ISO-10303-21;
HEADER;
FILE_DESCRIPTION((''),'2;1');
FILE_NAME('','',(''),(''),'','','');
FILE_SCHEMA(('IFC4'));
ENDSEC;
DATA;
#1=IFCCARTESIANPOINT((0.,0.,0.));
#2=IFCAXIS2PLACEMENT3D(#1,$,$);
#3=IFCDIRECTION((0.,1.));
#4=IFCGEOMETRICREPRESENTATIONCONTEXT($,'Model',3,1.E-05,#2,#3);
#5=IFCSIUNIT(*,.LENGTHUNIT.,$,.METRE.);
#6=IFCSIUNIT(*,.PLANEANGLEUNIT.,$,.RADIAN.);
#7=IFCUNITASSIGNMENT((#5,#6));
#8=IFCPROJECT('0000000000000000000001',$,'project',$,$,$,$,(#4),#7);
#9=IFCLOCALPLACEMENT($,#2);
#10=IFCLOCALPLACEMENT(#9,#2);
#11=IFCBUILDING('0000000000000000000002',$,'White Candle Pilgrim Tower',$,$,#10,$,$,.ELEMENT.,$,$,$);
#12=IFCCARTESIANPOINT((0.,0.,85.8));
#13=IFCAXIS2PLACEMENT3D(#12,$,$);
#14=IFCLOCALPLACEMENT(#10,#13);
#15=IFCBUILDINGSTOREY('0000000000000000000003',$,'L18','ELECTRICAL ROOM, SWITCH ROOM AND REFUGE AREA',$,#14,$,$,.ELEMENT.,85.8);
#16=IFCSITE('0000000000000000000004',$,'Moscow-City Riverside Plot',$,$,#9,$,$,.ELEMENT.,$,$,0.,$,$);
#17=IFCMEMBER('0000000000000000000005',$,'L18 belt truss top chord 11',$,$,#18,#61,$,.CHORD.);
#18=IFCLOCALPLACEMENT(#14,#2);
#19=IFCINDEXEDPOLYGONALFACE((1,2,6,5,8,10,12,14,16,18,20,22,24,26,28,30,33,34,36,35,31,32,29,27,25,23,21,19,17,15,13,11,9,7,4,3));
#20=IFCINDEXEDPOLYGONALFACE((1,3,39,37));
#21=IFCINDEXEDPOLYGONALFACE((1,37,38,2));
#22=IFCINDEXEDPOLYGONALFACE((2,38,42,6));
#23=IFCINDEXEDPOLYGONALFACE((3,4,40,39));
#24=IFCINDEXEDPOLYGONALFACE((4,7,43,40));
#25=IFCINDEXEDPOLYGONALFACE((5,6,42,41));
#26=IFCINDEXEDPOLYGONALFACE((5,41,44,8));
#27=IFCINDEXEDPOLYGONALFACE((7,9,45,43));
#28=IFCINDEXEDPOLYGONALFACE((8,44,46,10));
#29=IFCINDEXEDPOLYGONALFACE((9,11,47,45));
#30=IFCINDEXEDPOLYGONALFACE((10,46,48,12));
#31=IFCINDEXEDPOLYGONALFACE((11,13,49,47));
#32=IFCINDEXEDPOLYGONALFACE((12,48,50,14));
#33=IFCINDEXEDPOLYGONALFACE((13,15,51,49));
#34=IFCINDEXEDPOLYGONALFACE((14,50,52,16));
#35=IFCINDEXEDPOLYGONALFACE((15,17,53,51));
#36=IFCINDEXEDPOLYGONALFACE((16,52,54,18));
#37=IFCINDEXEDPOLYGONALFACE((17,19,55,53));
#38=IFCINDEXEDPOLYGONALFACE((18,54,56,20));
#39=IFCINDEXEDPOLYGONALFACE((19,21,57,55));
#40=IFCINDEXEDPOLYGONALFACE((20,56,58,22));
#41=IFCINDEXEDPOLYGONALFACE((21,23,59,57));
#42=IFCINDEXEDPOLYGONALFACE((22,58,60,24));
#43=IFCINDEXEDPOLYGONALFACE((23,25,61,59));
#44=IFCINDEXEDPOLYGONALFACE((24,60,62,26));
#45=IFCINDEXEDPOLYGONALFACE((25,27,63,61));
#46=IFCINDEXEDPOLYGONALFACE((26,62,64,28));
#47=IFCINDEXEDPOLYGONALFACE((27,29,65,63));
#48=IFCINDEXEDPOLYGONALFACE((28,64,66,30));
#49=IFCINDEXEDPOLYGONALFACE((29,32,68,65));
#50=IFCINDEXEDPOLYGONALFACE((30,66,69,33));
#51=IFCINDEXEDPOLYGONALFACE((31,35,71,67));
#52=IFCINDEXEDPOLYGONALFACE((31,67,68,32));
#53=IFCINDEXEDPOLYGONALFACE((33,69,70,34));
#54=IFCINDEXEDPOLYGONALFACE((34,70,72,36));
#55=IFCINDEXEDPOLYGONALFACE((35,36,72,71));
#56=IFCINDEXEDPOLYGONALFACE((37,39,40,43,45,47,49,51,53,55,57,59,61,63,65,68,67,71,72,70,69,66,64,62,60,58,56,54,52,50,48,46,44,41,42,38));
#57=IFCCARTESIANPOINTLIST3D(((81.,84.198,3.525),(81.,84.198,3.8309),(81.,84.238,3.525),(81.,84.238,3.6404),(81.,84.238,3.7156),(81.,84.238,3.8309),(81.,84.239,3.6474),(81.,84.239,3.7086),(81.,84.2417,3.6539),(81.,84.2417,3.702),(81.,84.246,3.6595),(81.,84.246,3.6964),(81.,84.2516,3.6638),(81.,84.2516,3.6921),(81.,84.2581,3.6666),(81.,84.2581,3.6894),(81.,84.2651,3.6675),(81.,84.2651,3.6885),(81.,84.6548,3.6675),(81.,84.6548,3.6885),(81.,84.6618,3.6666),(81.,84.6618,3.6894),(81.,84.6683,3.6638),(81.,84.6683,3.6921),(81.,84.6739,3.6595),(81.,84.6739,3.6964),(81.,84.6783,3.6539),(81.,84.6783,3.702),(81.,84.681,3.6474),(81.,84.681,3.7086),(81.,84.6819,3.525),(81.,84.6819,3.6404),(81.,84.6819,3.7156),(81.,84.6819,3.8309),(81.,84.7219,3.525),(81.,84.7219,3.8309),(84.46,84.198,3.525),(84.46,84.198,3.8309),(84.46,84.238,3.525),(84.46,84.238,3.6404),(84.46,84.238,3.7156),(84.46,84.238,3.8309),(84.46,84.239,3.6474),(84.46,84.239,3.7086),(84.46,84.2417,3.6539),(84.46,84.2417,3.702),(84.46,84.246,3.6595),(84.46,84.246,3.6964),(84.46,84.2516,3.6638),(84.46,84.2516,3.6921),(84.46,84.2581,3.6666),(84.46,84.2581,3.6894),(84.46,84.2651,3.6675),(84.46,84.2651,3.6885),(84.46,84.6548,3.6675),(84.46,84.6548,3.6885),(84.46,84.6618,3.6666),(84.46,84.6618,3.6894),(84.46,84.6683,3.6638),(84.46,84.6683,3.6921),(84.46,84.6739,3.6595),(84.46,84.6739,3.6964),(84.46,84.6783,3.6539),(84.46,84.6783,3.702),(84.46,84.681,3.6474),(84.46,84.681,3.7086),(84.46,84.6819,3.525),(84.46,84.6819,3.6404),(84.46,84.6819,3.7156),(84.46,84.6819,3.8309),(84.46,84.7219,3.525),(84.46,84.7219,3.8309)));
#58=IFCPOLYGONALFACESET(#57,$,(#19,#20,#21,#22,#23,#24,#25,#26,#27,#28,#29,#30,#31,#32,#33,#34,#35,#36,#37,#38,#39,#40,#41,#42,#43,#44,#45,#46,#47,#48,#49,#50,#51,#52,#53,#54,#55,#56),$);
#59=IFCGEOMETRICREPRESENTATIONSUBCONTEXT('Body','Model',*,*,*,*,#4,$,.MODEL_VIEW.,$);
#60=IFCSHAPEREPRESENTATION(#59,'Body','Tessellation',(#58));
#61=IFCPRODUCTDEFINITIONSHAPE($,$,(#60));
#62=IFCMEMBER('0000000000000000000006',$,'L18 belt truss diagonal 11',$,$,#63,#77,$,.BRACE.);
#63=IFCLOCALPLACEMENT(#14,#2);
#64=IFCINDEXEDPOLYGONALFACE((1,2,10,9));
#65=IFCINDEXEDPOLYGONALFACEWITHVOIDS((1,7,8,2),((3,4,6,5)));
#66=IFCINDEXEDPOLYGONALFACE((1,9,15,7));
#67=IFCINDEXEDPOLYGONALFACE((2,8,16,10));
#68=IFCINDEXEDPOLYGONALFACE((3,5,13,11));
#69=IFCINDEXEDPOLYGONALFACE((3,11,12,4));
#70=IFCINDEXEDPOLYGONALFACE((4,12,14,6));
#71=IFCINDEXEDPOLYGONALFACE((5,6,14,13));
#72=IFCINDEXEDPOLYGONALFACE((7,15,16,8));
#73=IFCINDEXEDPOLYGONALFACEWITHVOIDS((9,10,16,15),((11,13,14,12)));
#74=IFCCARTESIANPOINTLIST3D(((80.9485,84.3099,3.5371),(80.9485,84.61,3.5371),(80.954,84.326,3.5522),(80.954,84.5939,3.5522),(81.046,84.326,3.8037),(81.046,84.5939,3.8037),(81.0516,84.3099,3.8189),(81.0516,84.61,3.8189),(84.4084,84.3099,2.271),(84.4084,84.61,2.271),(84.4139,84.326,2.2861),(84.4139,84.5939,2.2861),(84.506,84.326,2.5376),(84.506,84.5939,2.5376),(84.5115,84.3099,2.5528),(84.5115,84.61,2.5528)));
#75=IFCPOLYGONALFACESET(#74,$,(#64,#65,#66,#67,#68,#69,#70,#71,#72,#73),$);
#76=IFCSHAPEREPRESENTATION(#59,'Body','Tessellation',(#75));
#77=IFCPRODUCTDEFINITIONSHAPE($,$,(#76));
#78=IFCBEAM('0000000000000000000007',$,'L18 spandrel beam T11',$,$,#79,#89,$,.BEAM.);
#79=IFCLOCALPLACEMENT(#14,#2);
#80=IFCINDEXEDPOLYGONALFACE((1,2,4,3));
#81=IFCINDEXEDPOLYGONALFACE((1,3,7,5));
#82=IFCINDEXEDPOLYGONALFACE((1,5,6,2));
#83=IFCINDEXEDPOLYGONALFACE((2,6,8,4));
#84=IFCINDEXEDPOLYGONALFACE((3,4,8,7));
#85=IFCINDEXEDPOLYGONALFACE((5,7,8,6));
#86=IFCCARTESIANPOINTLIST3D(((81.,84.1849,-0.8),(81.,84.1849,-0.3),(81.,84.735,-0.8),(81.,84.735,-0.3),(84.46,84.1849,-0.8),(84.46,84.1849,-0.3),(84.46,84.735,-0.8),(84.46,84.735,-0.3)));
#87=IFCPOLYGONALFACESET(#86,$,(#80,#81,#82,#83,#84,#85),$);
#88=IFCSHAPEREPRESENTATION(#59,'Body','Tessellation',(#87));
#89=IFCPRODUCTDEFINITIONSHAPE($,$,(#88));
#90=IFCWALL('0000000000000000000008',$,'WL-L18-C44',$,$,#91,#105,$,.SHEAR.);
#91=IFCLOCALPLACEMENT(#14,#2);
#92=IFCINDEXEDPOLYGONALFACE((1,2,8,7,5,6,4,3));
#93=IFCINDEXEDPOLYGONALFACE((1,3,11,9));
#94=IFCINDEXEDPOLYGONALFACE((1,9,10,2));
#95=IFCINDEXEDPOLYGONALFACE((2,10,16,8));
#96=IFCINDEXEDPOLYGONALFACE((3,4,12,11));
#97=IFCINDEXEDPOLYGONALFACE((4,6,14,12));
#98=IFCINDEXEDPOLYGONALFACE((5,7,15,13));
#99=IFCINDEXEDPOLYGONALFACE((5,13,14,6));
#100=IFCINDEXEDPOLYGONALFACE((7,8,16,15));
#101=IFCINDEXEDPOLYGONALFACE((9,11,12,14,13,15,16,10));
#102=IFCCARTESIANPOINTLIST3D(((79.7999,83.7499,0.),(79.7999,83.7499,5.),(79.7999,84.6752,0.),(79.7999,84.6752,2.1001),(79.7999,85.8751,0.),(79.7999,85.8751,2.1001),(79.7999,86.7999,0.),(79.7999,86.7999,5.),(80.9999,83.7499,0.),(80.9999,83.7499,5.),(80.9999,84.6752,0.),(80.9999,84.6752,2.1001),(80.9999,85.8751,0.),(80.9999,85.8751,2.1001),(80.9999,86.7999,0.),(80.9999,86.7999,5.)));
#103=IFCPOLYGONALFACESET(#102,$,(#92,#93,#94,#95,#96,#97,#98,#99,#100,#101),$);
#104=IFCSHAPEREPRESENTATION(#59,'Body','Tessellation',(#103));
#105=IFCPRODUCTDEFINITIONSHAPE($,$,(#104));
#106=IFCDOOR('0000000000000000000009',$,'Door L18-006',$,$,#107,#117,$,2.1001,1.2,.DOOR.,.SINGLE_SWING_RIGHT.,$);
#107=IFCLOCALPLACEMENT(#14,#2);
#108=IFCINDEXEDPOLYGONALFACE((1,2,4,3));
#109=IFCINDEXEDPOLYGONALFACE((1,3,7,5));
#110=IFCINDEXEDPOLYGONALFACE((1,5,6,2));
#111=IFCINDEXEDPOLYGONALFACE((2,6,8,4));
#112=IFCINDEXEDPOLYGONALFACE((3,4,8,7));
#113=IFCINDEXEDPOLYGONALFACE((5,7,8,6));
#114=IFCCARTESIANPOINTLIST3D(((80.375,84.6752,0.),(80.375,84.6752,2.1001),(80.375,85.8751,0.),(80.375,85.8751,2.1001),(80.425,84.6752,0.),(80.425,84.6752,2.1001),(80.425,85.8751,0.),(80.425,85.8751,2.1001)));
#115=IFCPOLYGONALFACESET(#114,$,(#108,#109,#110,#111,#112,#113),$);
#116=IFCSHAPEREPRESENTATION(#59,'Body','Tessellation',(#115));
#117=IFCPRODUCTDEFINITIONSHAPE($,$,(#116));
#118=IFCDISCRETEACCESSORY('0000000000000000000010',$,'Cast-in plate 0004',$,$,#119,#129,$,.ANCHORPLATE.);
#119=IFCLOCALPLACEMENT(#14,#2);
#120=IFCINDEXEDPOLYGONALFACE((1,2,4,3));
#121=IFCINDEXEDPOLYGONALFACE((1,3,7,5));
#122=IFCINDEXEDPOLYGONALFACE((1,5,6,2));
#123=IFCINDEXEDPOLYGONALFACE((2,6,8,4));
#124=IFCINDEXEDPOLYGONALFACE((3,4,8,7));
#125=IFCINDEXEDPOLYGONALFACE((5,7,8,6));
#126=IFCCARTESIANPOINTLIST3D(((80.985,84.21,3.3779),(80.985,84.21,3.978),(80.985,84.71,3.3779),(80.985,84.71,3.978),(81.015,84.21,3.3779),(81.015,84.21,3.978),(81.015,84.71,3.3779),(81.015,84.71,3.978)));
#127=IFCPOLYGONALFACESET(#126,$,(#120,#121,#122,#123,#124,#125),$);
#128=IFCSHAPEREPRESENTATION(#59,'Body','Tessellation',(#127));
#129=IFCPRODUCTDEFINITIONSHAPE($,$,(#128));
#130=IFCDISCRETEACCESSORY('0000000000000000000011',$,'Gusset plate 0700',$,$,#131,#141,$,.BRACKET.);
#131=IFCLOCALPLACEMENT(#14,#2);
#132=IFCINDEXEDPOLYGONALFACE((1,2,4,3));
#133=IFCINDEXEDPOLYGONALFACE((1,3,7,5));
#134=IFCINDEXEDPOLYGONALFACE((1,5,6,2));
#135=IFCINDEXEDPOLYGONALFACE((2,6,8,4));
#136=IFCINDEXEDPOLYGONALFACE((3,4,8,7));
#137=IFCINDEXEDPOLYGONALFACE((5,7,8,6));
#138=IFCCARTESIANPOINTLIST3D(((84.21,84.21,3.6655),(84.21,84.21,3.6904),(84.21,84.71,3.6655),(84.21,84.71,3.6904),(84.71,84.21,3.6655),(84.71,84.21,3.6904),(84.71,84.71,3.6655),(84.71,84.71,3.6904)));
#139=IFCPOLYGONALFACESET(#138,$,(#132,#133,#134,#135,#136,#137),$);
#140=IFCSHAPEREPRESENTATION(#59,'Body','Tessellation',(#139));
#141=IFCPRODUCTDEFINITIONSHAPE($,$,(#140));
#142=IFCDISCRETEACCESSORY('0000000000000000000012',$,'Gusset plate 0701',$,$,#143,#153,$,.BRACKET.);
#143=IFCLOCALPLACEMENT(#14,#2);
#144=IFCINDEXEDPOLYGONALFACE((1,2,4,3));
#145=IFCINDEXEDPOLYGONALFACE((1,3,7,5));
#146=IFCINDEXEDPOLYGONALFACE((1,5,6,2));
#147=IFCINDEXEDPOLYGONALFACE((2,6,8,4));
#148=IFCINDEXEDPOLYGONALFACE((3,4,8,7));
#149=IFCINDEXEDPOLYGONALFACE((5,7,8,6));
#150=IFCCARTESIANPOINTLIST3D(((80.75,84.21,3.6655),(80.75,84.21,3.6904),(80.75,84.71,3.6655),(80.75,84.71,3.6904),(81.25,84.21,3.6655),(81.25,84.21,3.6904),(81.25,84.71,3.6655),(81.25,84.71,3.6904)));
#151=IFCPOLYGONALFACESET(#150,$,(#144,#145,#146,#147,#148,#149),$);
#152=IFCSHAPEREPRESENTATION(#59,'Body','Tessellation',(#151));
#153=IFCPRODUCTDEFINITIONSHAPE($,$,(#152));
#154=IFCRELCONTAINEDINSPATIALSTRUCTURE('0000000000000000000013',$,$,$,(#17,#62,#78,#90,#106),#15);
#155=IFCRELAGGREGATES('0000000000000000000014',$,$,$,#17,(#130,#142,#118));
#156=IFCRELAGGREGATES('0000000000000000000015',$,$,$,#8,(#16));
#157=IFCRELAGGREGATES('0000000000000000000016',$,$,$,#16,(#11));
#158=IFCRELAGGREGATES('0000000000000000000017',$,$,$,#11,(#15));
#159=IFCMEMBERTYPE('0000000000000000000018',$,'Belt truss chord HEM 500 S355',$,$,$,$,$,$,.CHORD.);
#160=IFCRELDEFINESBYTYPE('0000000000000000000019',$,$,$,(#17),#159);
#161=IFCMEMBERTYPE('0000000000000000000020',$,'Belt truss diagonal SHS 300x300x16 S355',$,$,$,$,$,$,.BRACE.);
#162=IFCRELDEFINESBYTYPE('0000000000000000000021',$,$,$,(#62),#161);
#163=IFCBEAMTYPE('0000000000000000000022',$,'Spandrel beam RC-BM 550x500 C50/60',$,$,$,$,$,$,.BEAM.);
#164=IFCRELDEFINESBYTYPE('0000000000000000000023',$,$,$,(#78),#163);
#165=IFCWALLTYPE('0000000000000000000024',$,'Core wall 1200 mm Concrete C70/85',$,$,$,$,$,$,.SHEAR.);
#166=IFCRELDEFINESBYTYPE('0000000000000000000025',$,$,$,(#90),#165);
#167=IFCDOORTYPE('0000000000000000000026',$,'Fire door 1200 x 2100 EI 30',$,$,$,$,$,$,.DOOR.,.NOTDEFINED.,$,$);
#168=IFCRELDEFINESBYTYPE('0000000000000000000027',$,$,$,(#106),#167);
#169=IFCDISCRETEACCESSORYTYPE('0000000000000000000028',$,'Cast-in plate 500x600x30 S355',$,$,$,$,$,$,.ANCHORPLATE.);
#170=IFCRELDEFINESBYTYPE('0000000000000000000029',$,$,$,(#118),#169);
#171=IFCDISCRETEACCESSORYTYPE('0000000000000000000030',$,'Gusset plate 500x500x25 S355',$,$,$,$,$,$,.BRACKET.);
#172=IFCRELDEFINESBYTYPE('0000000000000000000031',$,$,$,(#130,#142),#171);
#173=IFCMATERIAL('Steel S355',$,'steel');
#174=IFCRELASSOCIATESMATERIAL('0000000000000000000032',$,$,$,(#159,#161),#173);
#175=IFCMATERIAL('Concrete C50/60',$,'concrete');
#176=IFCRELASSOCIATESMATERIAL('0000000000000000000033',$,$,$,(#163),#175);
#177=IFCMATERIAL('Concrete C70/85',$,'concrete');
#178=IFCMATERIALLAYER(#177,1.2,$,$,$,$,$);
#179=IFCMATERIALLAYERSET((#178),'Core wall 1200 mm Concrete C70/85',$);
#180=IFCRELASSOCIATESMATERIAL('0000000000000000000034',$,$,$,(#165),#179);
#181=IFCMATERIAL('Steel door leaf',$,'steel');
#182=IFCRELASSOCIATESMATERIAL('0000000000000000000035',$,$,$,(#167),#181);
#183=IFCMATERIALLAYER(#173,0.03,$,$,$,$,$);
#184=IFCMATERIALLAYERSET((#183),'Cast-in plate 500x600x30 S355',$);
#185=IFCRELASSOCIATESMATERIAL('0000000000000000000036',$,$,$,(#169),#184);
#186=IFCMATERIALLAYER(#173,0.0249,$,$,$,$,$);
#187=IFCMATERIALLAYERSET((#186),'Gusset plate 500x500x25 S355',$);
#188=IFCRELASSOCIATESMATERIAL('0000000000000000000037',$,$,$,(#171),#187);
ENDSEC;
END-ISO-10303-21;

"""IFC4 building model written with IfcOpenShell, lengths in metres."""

from ifc_helpers import new_model, si_unit, direction, frame, frame_2d, origin, origin_2d, place, context, subcontext, project, spatial, rectangle, hollow_rectangle, i_section, extrude, material, layer, layer_set, material_profile, profile_set, type_object, element, fill, aggregate, save


model = new_model("IFC4")

# Units and contexts
model_context = context("Model", 3, precision=1e-05, world=origin(), true_north=direction((0.0, 1.0)))
body_context = subcontext(model_context, "Body", "Model", "MODEL_VIEW")
ifc_project = project(units=[si_unit("LENGTHUNIT", "METRE"), si_unit("PLANEANGLEUNIT", "RADIAN")], contexts=[model_context])

# Site, building, storey
site_placement = place(None, origin())
site = spatial("IfcSite", under=ifc_project, at=site_placement, Name="Moscow-City Riverside Plot", CompositionType="ELEMENT", RefElevation=0.0)
building_placement = place(site_placement, origin())
building = spatial("IfcBuilding", under=site, at=building_placement, Name="White Candle Pilgrim Tower", CompositionType="ELEMENT")
storey_placement = place(building_placement, frame((0.0, 0.0, 85.8)))
storey = spatial("IfcBuildingStorey", under=building, at=storey_placement, Name="L18", Description="ELECTRICAL ROOM, SWITCH ROOM AND REFUGE AREA", CompositionType="ELEMENT", Elevation=85.8)

# Members
ifc_material_1 = material(Name="Steel S355", Category="steel")
ifc_material_profile_1 = material_profile(ifc_material_1, i_section(OverallWidth=0.3059, OverallDepth=0.5239, WebThickness=0.021, FlangeThickness=0.04, FilletRadius=0.0271, at=origin_2d()), Name="HEM 500")
ifc_profile_set_1 = profile_set([ifc_material_profile_1], Name="Steel S355")
member_type_1 = type_object("IfcMemberType", Name="Belt truss chord HEM 500 S355", PredefinedType="CHORD", material=ifc_profile_set_1)
member_1_placement = place(storey_placement, frame((84.46, 84.46, 3.678), z_axis=(-1.0, 0.0, 0.0), x_axis=(0.0, 0.0, -1.0)))
member_1 = element("IfcMember", 1, at=member_1_placement, inside=storey, type_object=member_type_1, Name="L18 belt truss top chord 11", PredefinedType="CHORD", context=body_context, shape_type="SweptSolid", body=[
    extrude(i_section(OverallWidth=0.3059, OverallDepth=0.5239, WebThickness=0.021, FlangeThickness=0.04, FilletRadius=0.0271, at=origin_2d()), origin(), (0.0, 0.0, 1.0), 3.46),
])
ifc_material_profile_2 = material_profile(ifc_material_1, hollow_rectangle(XDim=0.3, YDim=0.3, WallThickness=0.0161, at=origin_2d()), Name="SHS 300x300x16")
ifc_profile_set_2 = profile_set([ifc_material_profile_2], Name="Steel S355")
member_type_2 = type_object("IfcMemberType", Name="Belt truss diagonal SHS 300x300x16 S355", PredefinedType="BRACE", material=ifc_profile_set_2)
member_2_placement = place(storey_placement, frame((84.46, 84.46, 2.4119), z_axis=(-0.939099, 0.0, 0.343647), x_axis=(0.0, -1.0, 0.0)))
element("IfcMember", 2, at=member_2_placement, inside=storey, type_object=member_type_2, Name="L18 belt truss diagonal 11", PredefinedType="BRACE", context=body_context, shape_type="SweptSolid", body=[
    extrude(hollow_rectangle(XDim=0.3, YDim=0.3, WallThickness=0.0161, at=origin_2d()), origin(), (0.0, 0.0, 1.0), 3.6843),
])

# Beam
ifc_material_2 = material(Name="Concrete C50/60", Category="concrete")
ifc_material_profile_3 = material_profile(ifc_material_2, rectangle(XDim=0.55, YDim=0.5, at=origin_2d()), Name="RC-BM 550x500")
ifc_profile_set_3 = profile_set([ifc_material_profile_3], Name="Concrete C50/60")
beam_type = type_object("IfcBeamType", Name="Spandrel beam RC-BM 550x500 C50/60", PredefinedType="BEAM", material=ifc_profile_set_3)
beam_placement = place(storey_placement, frame((84.46, 84.46, -0.55), z_axis=(-1.0, 0.0, 0.0), x_axis=(0.0, -1.0, 0.0)))
element("IfcBeam", 3, at=beam_placement, inside=storey, type_object=beam_type, Name="L18 spandrel beam T11", PredefinedType="BEAM", context=body_context, shape_type="SweptSolid", body=[
    extrude(rectangle(XDim=0.55, YDim=0.5, at=origin_2d()), origin(), (0.0, 0.0, 1.0), 3.46),
])

# Wall, opening, door
ifc_material_3 = material(Name="Concrete C70/85", Category="concrete")
ifc_layer_1 = layer(ifc_material_3, 1.2)
ifc_layer_set_1 = layer_set([ifc_layer_1], Name="Core wall 1200 mm Concrete C70/85")
wall_type_1 = type_object("IfcWallType", Name="Core wall 1200 mm Concrete C70/85", PredefinedType="SHEAR", material=ifc_layer_set_1)
wall_1_placement = place(storey_placement, frame((80.3999, 83.75, 0.0), z_axis=(0.0, 0.0, 1.0), x_axis=(0.0, 1.0, 0.0)))
wall_1 = element("IfcWall", 4, at=wall_1_placement, inside=storey, type_object=wall_type_1, Name="WL-L18-C44", PredefinedType="SHEAR", context=body_context, shape_type="SweptSolid", body=[
    extrude(rectangle(XDim=3.05, YDim=1.2, at=frame_2d((1.5249, 0.0))), origin(), (0.0, 0.0, 1.0), 5.0),
])
opening_1_placement = place(wall_1_placement, frame((0.925, 0.0, 0.0)))
opening_1 = element("IfcOpeningElement", 5, at=opening_1_placement, cuts=wall_1, PredefinedType="OPENING", context=body_context, shape_type="SweptSolid", body=[
    extrude(rectangle(XDim=1.2, YDim=2.1001, at=frame_2d((0.6001, 1.05))), frame((0.0, 0.6099, 0.0), z_axis=(0.0, -1.0, 0.0), x_axis=(1.0, 0.0, 0.0)), (0.0, 0.0, 1.0), 1.22),
])
ifc_material_4 = material(Name="Steel door leaf", Category="steel")
door_type_1 = type_object("IfcDoorType", Name="Fire door 1200 x 2100 EI 30", OperationType="NOTDEFINED", PredefinedType="DOOR", material=ifc_material_4)
door_1_placement = place(opening_1_placement, origin())
door_1 = element("IfcDoor", 6, at=door_1_placement, inside=storey, type_object=door_type_1, Name="Door L18-006", OperationType="SINGLE_SWING_RIGHT", OverallHeight=2.1001, OverallWidth=1.2, PredefinedType="DOOR", context=body_context, shape_type="SweptSolid", body=[
    extrude(rectangle(XDim=1.2, YDim=2.1001, at=frame_2d((0.6001, 1.05))), frame((0.0, 0.0249, 0.0), z_axis=(0.0, -1.0, 0.0), x_axis=(1.0, 0.0, 0.0)), (0.0, 0.0, 1.0), 0.05),
])
fill(opening_1, door_1)

# Discrete accessories
ifc_layer_2 = layer(ifc_material_1, 0.03)
ifc_layer_set_2 = layer_set([ifc_layer_2], Name="Cast-in plate 500x600x30 S355")
discrete_accessory_type_1 = type_object("IfcDiscreteAccessoryType", Name="Cast-in plate 500x600x30 S355", PredefinedType="ANCHORPLATE", material=ifc_layer_set_2)
discrete_accessory_1_placement = place(storey_placement, frame((81.0, 84.46, 3.3779), z_axis=(0.0, 0.0, 1.0), x_axis=(1.0, 0.0, 0.0)))
discrete_accessory_1 = element("IfcDiscreteAccessory", 7, at=discrete_accessory_1_placement, type_object=discrete_accessory_type_1, Name="Cast-in plate 0004", PredefinedType="ANCHORPLATE", context=body_context, shape_type="SweptSolid", body=[
    extrude(rectangle(XDim=0.03, YDim=0.5, at=origin_2d()), origin(), (0.0, 0.0, 1.0), 0.6001),
])
ifc_layer_3 = layer(ifc_material_1, 0.0249)
ifc_layer_set_3 = layer_set([ifc_layer_3], Name="Gusset plate 500x500x25 S355")
discrete_accessory_type_2 = type_object("IfcDiscreteAccessoryType", Name="Gusset plate 500x500x25 S355", PredefinedType="BRACKET", material=ifc_layer_set_3)
discrete_accessory_2_placement = place(storey_placement, frame((84.46, 84.46, 3.6655), z_axis=(0.0, 0.0, 1.0), x_axis=(1.0, 0.0, 0.0)))
discrete_accessory_2 = element("IfcDiscreteAccessory", 8, at=discrete_accessory_2_placement, type_object=discrete_accessory_type_2, Name="Gusset plate 0700", PredefinedType="BRACKET", context=body_context, shape_type="SweptSolid", body=[
    extrude(rectangle(XDim=0.5, YDim=0.5, at=origin_2d()), origin(), (0.0, 0.0, 1.0), 0.0249),
])
discrete_accessory_3_placement = place(storey_placement, frame((81.0, 84.46, 3.6655), z_axis=(0.0, 0.0, 1.0), x_axis=(1.0, 0.0, 0.0)))
discrete_accessory_3 = element("IfcDiscreteAccessory", 9, at=discrete_accessory_3_placement, type_object=discrete_accessory_type_2, Name="Gusset plate 0701", PredefinedType="BRACKET", context=body_context, shape_type="SweptSolid", body=[
    extrude(rectangle(XDim=0.5, YDim=0.5, at=origin_2d()), origin(), (0.0, 0.0, 1.0), 0.0249),
])
aggregate(member_1, [discrete_accessory_2, discrete_accessory_3, discrete_accessory_1])

save(model, "model.ifc")
